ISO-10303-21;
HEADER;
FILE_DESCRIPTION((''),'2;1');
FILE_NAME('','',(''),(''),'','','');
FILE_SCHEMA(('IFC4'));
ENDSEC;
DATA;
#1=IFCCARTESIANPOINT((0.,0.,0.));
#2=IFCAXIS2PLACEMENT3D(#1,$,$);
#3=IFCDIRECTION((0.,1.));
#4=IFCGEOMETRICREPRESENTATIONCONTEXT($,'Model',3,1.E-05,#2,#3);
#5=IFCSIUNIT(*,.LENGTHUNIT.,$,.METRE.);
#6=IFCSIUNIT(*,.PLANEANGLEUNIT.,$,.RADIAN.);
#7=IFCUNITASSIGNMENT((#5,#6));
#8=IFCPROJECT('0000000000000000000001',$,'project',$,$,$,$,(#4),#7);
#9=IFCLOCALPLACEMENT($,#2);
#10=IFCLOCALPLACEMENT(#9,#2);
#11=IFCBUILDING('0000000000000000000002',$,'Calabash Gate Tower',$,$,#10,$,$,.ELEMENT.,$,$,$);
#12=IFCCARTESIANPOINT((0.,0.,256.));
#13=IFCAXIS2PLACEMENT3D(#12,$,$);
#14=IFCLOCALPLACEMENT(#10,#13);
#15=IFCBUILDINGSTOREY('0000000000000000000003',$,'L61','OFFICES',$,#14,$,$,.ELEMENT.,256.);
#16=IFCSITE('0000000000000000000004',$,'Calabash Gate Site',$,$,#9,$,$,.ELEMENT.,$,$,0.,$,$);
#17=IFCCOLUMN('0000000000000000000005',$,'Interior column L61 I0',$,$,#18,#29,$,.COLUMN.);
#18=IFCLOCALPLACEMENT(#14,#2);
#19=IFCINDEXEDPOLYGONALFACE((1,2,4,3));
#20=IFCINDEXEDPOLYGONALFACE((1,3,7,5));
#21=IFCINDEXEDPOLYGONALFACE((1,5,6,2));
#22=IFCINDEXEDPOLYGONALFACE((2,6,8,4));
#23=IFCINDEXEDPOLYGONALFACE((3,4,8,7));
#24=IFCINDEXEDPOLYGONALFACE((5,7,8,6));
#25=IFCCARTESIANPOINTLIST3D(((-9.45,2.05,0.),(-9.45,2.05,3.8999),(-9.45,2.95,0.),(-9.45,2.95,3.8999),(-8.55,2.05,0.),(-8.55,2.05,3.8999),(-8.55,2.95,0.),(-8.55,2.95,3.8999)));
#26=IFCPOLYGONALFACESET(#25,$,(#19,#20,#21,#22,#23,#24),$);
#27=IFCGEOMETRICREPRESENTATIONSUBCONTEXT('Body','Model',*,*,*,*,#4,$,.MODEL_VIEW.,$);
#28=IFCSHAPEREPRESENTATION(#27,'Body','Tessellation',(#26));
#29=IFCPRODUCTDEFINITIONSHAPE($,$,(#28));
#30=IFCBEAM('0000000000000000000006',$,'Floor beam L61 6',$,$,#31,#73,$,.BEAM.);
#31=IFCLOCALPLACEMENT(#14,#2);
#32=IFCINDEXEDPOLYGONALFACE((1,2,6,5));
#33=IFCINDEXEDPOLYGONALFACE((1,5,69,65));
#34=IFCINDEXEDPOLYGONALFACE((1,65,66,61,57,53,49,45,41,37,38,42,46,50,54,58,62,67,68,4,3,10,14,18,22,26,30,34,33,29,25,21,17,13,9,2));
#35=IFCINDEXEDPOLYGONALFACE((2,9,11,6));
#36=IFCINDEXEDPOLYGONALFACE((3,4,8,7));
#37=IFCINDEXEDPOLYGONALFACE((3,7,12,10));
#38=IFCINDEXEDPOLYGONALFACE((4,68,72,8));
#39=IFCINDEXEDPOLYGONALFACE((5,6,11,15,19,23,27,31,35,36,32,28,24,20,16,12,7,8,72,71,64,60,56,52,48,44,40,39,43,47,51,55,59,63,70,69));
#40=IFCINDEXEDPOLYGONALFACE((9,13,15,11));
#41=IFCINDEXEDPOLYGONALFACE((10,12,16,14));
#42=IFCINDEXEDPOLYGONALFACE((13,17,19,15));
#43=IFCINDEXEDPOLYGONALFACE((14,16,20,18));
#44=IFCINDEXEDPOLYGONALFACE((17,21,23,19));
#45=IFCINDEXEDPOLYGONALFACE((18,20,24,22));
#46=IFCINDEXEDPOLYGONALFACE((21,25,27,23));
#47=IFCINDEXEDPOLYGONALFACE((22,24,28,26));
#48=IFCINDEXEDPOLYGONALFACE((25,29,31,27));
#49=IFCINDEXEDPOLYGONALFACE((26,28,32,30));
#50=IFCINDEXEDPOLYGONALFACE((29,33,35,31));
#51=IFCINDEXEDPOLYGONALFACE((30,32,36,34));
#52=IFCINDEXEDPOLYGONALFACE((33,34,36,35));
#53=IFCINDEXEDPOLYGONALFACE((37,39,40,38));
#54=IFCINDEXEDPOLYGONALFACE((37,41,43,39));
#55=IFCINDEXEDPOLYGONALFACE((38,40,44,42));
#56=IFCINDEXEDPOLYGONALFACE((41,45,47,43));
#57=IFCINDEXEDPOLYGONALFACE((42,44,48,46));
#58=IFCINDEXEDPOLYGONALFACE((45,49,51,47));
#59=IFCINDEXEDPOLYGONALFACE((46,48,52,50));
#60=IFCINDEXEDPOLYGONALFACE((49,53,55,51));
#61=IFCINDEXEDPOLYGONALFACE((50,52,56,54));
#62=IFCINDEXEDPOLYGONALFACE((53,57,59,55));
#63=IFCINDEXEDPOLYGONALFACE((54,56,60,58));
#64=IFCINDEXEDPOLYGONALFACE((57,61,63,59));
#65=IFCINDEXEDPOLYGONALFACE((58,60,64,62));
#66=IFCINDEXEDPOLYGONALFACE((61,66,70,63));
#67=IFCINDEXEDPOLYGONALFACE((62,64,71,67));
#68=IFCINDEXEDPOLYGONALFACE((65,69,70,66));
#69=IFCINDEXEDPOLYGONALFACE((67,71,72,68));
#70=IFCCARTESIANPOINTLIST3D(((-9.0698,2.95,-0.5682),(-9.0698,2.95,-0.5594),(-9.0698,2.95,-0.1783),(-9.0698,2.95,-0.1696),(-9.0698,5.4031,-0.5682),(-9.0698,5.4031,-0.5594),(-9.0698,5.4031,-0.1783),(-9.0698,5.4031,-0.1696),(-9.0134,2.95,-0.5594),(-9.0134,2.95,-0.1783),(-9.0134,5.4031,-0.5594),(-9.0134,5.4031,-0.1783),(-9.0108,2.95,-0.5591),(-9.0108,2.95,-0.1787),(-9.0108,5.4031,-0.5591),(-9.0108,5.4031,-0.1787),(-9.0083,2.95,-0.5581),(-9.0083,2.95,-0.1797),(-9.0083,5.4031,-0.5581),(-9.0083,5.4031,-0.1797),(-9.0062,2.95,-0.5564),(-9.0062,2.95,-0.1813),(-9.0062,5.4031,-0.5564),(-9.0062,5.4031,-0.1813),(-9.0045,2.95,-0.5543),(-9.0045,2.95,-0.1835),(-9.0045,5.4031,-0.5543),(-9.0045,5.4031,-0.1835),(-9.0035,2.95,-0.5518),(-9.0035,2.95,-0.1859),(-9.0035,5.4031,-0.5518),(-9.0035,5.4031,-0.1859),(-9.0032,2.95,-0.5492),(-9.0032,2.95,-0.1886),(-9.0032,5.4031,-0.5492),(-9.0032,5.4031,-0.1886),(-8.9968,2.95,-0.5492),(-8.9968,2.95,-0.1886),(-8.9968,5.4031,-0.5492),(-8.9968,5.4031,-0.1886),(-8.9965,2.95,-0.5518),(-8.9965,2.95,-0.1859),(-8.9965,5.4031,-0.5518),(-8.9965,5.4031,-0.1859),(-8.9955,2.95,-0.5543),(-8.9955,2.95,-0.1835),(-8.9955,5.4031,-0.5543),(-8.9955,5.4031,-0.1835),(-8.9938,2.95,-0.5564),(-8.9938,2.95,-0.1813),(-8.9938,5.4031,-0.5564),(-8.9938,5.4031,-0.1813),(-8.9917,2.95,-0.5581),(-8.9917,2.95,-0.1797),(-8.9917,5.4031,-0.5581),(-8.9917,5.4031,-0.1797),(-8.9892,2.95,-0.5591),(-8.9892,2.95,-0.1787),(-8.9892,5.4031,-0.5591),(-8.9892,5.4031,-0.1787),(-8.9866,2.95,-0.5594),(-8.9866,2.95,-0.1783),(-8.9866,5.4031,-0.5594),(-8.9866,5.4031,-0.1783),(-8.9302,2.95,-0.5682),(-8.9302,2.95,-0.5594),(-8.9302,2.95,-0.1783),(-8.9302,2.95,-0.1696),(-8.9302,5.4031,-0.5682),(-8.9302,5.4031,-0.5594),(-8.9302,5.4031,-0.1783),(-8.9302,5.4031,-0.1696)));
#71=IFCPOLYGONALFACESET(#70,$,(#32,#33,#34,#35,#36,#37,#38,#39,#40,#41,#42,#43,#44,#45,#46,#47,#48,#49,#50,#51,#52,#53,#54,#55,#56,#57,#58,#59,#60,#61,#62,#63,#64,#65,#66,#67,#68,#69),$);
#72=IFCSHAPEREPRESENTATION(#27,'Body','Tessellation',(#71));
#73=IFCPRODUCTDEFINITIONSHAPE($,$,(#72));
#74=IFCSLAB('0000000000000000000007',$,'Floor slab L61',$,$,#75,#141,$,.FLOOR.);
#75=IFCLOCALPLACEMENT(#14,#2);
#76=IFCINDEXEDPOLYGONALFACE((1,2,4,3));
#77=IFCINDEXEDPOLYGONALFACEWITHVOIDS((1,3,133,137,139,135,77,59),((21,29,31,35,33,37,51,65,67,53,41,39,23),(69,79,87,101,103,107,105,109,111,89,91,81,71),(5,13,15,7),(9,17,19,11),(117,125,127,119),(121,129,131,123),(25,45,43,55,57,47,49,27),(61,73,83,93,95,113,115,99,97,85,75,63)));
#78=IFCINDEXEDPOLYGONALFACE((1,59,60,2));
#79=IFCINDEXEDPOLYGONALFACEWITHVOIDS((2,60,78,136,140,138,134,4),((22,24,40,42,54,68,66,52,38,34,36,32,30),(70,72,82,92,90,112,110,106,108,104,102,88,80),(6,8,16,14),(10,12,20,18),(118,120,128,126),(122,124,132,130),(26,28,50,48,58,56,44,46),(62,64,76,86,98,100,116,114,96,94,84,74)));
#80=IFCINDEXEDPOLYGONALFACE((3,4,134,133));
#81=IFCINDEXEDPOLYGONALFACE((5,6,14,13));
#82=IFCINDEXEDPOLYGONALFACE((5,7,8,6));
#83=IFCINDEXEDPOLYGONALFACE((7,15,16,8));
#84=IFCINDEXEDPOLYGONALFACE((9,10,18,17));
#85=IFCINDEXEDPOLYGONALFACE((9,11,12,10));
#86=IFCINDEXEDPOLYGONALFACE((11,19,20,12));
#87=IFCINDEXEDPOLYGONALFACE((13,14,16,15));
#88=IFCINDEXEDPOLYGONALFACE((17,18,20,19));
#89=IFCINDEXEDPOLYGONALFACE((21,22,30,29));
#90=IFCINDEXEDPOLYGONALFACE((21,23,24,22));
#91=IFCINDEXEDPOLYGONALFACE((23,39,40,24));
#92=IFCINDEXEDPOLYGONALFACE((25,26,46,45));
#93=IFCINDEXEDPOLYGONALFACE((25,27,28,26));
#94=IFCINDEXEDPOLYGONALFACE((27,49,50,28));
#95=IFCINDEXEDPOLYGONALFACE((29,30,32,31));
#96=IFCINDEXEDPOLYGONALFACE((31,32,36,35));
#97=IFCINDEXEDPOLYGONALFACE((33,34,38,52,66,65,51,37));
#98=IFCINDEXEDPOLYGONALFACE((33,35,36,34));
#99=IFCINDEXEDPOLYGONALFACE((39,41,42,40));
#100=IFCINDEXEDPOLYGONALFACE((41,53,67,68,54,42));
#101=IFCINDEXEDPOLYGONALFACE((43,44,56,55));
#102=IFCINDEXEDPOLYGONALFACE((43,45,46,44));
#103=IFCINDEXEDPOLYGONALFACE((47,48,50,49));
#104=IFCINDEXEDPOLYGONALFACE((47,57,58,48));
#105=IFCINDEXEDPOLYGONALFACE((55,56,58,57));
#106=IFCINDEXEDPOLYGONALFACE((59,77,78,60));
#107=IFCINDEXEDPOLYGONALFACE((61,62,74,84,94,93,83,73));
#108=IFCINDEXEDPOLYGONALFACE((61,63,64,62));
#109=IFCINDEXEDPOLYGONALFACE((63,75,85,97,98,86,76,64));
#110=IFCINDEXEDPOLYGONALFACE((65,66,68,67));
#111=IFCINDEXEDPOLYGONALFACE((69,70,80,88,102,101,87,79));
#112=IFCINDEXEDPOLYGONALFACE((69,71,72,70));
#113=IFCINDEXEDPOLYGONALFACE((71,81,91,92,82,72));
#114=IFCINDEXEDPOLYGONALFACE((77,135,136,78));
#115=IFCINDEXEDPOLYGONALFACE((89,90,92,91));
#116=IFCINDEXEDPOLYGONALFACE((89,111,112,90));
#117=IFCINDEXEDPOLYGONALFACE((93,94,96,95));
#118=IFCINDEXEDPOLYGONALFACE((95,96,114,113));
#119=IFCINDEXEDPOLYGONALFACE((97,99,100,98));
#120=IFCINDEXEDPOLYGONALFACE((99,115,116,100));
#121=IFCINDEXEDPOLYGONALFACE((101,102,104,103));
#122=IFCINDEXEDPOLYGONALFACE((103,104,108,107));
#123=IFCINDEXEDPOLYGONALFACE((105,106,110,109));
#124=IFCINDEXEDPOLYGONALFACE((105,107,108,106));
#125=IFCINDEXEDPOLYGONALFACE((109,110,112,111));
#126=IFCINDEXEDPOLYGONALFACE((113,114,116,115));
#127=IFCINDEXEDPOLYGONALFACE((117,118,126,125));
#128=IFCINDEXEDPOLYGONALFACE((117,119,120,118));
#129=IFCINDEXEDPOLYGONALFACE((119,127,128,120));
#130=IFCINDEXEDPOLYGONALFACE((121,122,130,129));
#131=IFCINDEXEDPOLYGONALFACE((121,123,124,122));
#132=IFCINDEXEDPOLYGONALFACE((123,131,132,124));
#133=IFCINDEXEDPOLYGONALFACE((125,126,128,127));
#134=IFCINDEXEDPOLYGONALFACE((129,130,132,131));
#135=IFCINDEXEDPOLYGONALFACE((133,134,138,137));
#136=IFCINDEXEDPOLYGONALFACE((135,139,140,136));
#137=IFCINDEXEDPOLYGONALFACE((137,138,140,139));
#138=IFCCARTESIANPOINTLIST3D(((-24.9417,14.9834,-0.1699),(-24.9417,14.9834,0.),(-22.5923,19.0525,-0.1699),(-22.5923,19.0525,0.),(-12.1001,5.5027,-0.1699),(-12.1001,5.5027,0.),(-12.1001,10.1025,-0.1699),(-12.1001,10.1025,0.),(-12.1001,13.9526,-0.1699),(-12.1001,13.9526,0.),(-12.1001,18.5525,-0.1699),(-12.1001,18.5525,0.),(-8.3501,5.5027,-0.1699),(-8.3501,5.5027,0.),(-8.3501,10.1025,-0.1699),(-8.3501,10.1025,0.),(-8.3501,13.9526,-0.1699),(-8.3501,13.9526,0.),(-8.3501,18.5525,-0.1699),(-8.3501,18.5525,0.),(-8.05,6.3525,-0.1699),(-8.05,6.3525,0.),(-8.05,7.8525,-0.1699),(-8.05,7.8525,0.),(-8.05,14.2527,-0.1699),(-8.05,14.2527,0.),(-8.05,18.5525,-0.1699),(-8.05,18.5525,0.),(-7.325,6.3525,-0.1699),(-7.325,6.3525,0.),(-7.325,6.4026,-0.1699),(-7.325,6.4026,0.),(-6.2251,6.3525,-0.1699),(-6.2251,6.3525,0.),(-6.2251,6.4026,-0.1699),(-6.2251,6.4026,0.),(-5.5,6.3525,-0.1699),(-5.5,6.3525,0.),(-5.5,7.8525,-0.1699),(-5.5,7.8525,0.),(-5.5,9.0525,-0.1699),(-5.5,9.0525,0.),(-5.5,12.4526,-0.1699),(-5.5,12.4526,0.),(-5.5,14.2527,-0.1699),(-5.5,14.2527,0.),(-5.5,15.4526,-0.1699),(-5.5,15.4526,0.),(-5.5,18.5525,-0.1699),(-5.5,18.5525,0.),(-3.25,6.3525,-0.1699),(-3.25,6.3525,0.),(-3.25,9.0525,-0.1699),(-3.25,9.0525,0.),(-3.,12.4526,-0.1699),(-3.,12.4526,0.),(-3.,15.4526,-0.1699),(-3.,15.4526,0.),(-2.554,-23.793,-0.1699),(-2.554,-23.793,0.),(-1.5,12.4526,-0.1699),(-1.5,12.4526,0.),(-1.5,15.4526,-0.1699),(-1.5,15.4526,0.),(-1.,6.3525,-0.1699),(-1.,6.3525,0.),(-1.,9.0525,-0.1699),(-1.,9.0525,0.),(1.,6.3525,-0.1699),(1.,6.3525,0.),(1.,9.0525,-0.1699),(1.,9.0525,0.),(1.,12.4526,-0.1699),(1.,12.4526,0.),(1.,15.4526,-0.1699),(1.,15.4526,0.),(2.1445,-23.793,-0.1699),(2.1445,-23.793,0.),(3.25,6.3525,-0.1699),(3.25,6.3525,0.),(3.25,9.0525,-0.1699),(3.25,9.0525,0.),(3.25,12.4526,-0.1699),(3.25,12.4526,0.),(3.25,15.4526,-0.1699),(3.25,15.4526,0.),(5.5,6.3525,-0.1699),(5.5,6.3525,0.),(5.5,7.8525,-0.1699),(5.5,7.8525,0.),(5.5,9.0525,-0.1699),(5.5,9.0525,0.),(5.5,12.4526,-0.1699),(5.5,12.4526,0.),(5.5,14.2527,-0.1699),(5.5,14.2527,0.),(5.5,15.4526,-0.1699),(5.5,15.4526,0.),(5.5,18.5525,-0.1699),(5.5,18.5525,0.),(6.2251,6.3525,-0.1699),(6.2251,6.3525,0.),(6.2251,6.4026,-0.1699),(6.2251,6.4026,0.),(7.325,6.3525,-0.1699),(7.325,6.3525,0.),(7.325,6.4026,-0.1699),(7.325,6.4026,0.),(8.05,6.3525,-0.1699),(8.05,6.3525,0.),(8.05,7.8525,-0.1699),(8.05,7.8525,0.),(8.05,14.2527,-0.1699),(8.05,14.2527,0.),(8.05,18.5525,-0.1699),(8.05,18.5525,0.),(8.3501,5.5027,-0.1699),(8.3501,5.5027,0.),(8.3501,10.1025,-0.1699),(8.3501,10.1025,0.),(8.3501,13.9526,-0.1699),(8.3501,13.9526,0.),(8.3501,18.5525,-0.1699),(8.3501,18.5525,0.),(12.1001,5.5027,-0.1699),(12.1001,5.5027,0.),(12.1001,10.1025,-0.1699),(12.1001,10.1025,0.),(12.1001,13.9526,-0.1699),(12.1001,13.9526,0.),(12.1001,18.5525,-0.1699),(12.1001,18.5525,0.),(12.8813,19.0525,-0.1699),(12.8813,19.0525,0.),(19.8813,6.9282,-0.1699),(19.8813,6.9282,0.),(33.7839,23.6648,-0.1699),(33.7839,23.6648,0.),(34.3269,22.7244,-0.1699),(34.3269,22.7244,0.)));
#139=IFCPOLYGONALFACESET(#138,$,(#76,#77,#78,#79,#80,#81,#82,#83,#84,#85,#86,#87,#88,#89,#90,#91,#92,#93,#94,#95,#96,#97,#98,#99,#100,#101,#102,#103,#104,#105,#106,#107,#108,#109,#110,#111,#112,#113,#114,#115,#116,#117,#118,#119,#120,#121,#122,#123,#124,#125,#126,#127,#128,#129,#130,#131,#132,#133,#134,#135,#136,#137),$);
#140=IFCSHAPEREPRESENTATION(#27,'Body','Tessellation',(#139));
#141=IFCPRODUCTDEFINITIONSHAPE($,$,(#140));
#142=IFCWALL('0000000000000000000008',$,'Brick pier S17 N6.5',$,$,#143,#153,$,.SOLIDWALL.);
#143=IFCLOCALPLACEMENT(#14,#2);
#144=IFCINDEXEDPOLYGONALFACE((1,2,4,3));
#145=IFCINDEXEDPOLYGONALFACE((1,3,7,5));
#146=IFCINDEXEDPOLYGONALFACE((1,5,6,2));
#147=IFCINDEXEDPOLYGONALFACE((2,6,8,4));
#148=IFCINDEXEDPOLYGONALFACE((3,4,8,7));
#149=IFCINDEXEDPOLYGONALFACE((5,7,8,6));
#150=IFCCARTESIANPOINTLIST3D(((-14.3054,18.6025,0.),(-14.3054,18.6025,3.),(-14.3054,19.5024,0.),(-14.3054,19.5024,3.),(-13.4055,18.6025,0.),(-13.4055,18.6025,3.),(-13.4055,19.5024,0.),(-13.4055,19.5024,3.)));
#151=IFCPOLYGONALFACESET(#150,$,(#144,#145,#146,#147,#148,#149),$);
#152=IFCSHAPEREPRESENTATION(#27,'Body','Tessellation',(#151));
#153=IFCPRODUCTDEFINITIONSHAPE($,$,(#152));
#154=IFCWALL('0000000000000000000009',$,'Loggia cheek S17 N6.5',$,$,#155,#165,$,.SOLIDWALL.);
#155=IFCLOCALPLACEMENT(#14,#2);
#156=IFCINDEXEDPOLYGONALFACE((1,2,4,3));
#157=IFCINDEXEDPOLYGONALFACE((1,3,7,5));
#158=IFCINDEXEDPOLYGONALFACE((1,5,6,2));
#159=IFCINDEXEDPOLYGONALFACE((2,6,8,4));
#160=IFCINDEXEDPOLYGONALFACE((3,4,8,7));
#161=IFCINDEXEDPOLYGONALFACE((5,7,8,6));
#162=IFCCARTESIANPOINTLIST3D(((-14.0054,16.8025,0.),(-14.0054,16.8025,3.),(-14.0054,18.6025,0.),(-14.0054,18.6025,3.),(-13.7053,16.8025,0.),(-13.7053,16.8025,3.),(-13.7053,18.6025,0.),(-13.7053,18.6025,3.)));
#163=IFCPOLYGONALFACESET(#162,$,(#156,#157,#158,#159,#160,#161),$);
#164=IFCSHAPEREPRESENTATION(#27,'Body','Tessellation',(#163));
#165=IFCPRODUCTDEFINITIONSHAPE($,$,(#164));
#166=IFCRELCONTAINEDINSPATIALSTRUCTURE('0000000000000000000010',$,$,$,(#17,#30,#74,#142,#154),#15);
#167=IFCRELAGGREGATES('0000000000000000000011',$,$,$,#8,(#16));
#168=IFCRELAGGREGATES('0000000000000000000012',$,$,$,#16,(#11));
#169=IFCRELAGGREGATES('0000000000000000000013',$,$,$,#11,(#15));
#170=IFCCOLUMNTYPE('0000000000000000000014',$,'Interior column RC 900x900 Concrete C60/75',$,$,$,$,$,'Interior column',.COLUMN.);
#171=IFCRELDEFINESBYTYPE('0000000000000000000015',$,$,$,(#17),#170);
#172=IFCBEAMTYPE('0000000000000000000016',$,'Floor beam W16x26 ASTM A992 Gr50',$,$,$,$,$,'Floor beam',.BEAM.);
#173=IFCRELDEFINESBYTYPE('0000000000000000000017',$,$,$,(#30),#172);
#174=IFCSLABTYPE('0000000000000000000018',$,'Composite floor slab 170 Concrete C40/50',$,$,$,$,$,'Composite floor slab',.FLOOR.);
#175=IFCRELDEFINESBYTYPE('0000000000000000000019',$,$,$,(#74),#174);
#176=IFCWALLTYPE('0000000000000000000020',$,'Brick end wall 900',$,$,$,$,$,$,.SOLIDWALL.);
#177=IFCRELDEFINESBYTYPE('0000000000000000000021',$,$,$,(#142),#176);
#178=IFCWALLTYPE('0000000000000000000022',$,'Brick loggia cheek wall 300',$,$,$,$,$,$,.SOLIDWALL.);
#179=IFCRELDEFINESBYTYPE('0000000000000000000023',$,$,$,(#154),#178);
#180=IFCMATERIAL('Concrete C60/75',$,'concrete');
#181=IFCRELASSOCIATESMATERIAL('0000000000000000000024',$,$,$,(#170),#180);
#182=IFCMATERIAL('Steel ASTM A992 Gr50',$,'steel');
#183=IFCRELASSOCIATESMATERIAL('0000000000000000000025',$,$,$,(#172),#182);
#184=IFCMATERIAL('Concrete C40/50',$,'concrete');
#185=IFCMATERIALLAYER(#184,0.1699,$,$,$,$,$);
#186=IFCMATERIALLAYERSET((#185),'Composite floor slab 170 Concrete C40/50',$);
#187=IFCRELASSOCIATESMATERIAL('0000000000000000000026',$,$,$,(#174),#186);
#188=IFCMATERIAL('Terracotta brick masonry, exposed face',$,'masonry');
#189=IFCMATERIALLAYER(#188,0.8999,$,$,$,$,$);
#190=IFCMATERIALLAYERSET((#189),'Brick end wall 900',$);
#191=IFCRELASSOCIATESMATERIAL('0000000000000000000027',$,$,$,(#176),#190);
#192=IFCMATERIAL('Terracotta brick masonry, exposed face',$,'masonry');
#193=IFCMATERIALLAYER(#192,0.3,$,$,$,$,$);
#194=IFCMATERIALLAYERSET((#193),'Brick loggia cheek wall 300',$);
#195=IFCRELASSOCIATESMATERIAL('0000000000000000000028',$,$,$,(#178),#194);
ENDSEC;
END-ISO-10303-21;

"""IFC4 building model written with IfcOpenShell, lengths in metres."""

from ifc_helpers import new_model, si_unit, direction, frame, origin, origin_2d, place, context, subcontext, project, spatial, polyline, rectangle, i_section, outline, extrude, material, layer, layer_set, material_profile, profile_set, type_object, element, save


model = new_model("IFC4")

# Units and contexts
model_context = context("Model", 3, precision=1e-05, world=origin(), true_north=direction((0.0, 1.0)))
body_context = subcontext(model_context, "Body", "Model", "MODEL_VIEW")
ifc_project = project(units=[si_unit("LENGTHUNIT", "METRE"), si_unit("PLANEANGLEUNIT", "RADIAN")], contexts=[model_context])

# Site, building, storey
site_placement = place(None, origin())
site = spatial("IfcSite", under=ifc_project, at=site_placement, Name="Calabash Gate Site", CompositionType="ELEMENT", RefElevation=0.0)
building_placement = place(site_placement, origin())
building = spatial("IfcBuilding", under=site, at=building_placement, Name="Calabash Gate Tower", CompositionType="ELEMENT")
storey_placement = place(building_placement, frame((0.0, 0.0, 256.0)))
storey = spatial("IfcBuildingStorey", under=building, at=storey_placement, Name="L61", Description="OFFICES", CompositionType="ELEMENT", Elevation=256.0)

# Column
ifc_material_1 = material(Name="Concrete C60/75", Category="concrete")
ifc_material_profile_1 = material_profile(ifc_material_1, rectangle(XDim=0.8999, YDim=0.8999, at=origin_2d()))
ifc_profile_set_1 = profile_set([ifc_material_profile_1], Name="Concrete C60/75")
column_type = type_object("IfcColumnType", Name="Interior column RC 900x900 Concrete C60/75", ElementType="Interior column", PredefinedType="COLUMN", material=ifc_profile_set_1)
column_placement = place(storey_placement, frame((-9.0, 2.5, 0.0), z_axis=(0.0, 0.0, 1.0), x_axis=(1.0, 0.0, 0.0)))
element("IfcColumn", 1, at=column_placement, inside=storey, type_object=column_type, Name="Interior column L61 I0", PredefinedType="COLUMN", context=body_context, shape_type="SweptSolid", body=[
    extrude(rectangle(XDim=0.8999, YDim=0.8999, at=origin_2d()), origin(), (0.0, 0.0, 1.0), 3.8999),
])

# Beam
ifc_material_2 = material(Name="Steel ASTM A992 Gr50", Category="steel")
ifc_material_profile_2 = material_profile(ifc_material_2, i_section(OverallWidth=0.1396, OverallDepth=0.3987, WebThickness=0.0063, FlangeThickness=0.0088, FilletRadius=0.0103, at=origin_2d()))
ifc_profile_set_2 = profile_set([ifc_material_profile_2], Name="Steel ASTM A992 Gr50")
beam_type = type_object("IfcBeamType", Name="Floor beam W16x26 ASTM A992 Gr50", ElementType="Floor beam", PredefinedType="BEAM", material=ifc_profile_set_2)
beam_placement = place(storey_placement, frame((-9.0, 2.95, -0.3689), z_axis=(0.0, 1.0, 0.0), x_axis=(-1.0, 0.0, 0.0)))
element("IfcBeam", 2, at=beam_placement, inside=storey, type_object=beam_type, Name="Floor beam L61 6", PredefinedType="BEAM", context=body_context, shape_type="SweptSolid", body=[
    extrude(i_section(OverallWidth=0.1396, OverallDepth=0.3987, WebThickness=0.0063, FlangeThickness=0.0088, FilletRadius=0.0103, at=origin_2d()), origin(), (0.0, 0.0, 1.0), 2.4531),
])

# Slab
ifc_material_3 = material(Name="Concrete C40/50", Category="concrete")
ifc_layer_1 = layer(ifc_material_3, 0.1699)
ifc_layer_set_1 = layer_set([ifc_layer_1], Name="Composite floor slab 170 Concrete C40/50")
slab_type = type_object("IfcSlabType", Name="Composite floor slab 170 Concrete C40/50", ElementType="Composite floor slab", PredefinedType="FLOOR", material=ifc_layer_set_1)
slab_placement = place(storey_placement, frame((0.0, 0.0, -0.1699)))
element("IfcSlab", 3, at=slab_placement, inside=storey, type_object=slab_type, Name="Floor slab L61", PredefinedType="FLOOR", context=body_context, shape_type="SweptSolid", body=[
    extrude(outline(polyline([(-24.9417, 14.9834), (-22.5923, 19.0525), (12.8813, 19.0525), (33.7839, 23.6648), (34.3269, 22.7244), (19.8813, 6.9282), (2.1445, -23.793), (-2.554, -23.793), (-24.9417, 14.9834)]), holes=[polyline([(-1.0, 9.0525), (-3.25, 9.0525), (-5.5, 9.0525), (-5.5, 7.8525), (-8.05, 7.8525), (-8.05, 6.3525), (-7.325, 6.3525), (-7.325, 6.4026), (-6.2251, 6.4026), (-6.2251, 6.3525), (-5.5, 6.3525), (-3.25, 6.3525), (-1.0, 6.3525), (-1.0, 9.0525)]), polyline([(3.25, 6.3525), (5.5, 6.3525), (6.2251, 6.3525), (6.2251, 6.4026), (7.325, 6.4026), (7.325, 6.3525), (8.05, 6.3525), (8.05, 7.8525), (5.5, 7.8525), (5.5, 9.0525), (3.25, 9.0525), (1.0, 9.0525), (1.0, 6.3525), (3.25, 6.3525)]), polyline([(-5.5, 14.2527), (-5.5, 12.4526), (-3.0, 12.4526), (-3.0, 15.4526), (-5.5, 15.4526), (-5.5, 18.5525), (-8.05, 18.5525), (-8.05, 14.2527), (-5.5, 14.2527)]), polyline([(1.0, 15.4526), (-1.5, 15.4526), (-1.5, 12.4526), (1.0, 12.4526), (3.25, 12.4526), (5.5, 12.4526), (5.5, 14.2527), (8.05, 14.2527), (8.05, 18.5525), (5.5, 18.5525), (5.5, 15.4526), (3.25, 15.4526), (1.0, 15.4526)]), polyline([(-8.3501, 18.5525), (-12.1001, 18.5525), (-12.1001, 13.9526), (-8.3501, 13.9526), (-8.3501, 18.5525)]), polyline([(-12.1001, 10.1025), (-12.1001, 5.5027), (-8.3501, 5.5027), (-8.3501, 10.1025), (-12.1001, 10.1025)]), polyline([(8.3501, 13.9526), (12.1001, 13.9526), (12.1001, 18.5525), (8.3501, 18.5525), (8.3501, 13.9526)]), polyline([(12.1001, 5.5027), (12.1001, 10.1025), (8.3501, 10.1025), (8.3501, 5.5027), (12.1001, 5.5027)])]), origin(), (0.0, 0.0, 1.0), 0.1699),
])

# Walls
ifc_material_4 = material(Name="Terracotta brick masonry, exposed face", Category="masonry")
ifc_layer_2 = layer(ifc_material_4, 0.8999)
ifc_layer_set_2 = layer_set([ifc_layer_2], Name="Brick end wall 900")
wall_type_1 = type_object("IfcWallType", Name="Brick end wall 900", PredefinedType="SOLIDWALL", material=ifc_layer_set_2)
wall_1_placement = place(storey_placement, origin())
element("IfcWall", 4, at=wall_1_placement, inside=storey, type_object=wall_type_1, Name="Brick pier S17 N6.5", PredefinedType="SOLIDWALL", context=body_context, shape_type="SweptSolid", body=[
    extrude(outline(polyline([(-13.4055, 19.5024), (-14.3054, 19.5024), (-14.3054, 18.6025), (-13.4055, 18.6025), (-13.4055, 19.5024)])), origin(), (0.0, 0.0, 1.0), 3.0),
])
ifc_material_5 = material(Name="Terracotta brick masonry, exposed face", Category="masonry")
ifc_layer_3 = layer(ifc_material_5, 0.3)
ifc_layer_set_3 = layer_set([ifc_layer_3], Name="Brick loggia cheek wall 300")
wall_type_2 = type_object("IfcWallType", Name="Brick loggia cheek wall 300", PredefinedType="SOLIDWALL", material=ifc_layer_set_3)
wall_2_placement = place(storey_placement, origin())
element("IfcWall", 5, at=wall_2_placement, inside=storey, type_object=wall_type_2, Name="Loggia cheek S17 N6.5", PredefinedType="SOLIDWALL", context=body_context, shape_type="SweptSolid", body=[
    extrude(outline(polyline([(-13.7053, 16.8025), (-13.7053, 18.6025), (-14.0054, 18.6025), (-14.0054, 16.8025), (-13.7053, 16.8025)])), origin(), (0.0, 0.0, 1.0), 3.0),
])

save(model, "model.ifc")
